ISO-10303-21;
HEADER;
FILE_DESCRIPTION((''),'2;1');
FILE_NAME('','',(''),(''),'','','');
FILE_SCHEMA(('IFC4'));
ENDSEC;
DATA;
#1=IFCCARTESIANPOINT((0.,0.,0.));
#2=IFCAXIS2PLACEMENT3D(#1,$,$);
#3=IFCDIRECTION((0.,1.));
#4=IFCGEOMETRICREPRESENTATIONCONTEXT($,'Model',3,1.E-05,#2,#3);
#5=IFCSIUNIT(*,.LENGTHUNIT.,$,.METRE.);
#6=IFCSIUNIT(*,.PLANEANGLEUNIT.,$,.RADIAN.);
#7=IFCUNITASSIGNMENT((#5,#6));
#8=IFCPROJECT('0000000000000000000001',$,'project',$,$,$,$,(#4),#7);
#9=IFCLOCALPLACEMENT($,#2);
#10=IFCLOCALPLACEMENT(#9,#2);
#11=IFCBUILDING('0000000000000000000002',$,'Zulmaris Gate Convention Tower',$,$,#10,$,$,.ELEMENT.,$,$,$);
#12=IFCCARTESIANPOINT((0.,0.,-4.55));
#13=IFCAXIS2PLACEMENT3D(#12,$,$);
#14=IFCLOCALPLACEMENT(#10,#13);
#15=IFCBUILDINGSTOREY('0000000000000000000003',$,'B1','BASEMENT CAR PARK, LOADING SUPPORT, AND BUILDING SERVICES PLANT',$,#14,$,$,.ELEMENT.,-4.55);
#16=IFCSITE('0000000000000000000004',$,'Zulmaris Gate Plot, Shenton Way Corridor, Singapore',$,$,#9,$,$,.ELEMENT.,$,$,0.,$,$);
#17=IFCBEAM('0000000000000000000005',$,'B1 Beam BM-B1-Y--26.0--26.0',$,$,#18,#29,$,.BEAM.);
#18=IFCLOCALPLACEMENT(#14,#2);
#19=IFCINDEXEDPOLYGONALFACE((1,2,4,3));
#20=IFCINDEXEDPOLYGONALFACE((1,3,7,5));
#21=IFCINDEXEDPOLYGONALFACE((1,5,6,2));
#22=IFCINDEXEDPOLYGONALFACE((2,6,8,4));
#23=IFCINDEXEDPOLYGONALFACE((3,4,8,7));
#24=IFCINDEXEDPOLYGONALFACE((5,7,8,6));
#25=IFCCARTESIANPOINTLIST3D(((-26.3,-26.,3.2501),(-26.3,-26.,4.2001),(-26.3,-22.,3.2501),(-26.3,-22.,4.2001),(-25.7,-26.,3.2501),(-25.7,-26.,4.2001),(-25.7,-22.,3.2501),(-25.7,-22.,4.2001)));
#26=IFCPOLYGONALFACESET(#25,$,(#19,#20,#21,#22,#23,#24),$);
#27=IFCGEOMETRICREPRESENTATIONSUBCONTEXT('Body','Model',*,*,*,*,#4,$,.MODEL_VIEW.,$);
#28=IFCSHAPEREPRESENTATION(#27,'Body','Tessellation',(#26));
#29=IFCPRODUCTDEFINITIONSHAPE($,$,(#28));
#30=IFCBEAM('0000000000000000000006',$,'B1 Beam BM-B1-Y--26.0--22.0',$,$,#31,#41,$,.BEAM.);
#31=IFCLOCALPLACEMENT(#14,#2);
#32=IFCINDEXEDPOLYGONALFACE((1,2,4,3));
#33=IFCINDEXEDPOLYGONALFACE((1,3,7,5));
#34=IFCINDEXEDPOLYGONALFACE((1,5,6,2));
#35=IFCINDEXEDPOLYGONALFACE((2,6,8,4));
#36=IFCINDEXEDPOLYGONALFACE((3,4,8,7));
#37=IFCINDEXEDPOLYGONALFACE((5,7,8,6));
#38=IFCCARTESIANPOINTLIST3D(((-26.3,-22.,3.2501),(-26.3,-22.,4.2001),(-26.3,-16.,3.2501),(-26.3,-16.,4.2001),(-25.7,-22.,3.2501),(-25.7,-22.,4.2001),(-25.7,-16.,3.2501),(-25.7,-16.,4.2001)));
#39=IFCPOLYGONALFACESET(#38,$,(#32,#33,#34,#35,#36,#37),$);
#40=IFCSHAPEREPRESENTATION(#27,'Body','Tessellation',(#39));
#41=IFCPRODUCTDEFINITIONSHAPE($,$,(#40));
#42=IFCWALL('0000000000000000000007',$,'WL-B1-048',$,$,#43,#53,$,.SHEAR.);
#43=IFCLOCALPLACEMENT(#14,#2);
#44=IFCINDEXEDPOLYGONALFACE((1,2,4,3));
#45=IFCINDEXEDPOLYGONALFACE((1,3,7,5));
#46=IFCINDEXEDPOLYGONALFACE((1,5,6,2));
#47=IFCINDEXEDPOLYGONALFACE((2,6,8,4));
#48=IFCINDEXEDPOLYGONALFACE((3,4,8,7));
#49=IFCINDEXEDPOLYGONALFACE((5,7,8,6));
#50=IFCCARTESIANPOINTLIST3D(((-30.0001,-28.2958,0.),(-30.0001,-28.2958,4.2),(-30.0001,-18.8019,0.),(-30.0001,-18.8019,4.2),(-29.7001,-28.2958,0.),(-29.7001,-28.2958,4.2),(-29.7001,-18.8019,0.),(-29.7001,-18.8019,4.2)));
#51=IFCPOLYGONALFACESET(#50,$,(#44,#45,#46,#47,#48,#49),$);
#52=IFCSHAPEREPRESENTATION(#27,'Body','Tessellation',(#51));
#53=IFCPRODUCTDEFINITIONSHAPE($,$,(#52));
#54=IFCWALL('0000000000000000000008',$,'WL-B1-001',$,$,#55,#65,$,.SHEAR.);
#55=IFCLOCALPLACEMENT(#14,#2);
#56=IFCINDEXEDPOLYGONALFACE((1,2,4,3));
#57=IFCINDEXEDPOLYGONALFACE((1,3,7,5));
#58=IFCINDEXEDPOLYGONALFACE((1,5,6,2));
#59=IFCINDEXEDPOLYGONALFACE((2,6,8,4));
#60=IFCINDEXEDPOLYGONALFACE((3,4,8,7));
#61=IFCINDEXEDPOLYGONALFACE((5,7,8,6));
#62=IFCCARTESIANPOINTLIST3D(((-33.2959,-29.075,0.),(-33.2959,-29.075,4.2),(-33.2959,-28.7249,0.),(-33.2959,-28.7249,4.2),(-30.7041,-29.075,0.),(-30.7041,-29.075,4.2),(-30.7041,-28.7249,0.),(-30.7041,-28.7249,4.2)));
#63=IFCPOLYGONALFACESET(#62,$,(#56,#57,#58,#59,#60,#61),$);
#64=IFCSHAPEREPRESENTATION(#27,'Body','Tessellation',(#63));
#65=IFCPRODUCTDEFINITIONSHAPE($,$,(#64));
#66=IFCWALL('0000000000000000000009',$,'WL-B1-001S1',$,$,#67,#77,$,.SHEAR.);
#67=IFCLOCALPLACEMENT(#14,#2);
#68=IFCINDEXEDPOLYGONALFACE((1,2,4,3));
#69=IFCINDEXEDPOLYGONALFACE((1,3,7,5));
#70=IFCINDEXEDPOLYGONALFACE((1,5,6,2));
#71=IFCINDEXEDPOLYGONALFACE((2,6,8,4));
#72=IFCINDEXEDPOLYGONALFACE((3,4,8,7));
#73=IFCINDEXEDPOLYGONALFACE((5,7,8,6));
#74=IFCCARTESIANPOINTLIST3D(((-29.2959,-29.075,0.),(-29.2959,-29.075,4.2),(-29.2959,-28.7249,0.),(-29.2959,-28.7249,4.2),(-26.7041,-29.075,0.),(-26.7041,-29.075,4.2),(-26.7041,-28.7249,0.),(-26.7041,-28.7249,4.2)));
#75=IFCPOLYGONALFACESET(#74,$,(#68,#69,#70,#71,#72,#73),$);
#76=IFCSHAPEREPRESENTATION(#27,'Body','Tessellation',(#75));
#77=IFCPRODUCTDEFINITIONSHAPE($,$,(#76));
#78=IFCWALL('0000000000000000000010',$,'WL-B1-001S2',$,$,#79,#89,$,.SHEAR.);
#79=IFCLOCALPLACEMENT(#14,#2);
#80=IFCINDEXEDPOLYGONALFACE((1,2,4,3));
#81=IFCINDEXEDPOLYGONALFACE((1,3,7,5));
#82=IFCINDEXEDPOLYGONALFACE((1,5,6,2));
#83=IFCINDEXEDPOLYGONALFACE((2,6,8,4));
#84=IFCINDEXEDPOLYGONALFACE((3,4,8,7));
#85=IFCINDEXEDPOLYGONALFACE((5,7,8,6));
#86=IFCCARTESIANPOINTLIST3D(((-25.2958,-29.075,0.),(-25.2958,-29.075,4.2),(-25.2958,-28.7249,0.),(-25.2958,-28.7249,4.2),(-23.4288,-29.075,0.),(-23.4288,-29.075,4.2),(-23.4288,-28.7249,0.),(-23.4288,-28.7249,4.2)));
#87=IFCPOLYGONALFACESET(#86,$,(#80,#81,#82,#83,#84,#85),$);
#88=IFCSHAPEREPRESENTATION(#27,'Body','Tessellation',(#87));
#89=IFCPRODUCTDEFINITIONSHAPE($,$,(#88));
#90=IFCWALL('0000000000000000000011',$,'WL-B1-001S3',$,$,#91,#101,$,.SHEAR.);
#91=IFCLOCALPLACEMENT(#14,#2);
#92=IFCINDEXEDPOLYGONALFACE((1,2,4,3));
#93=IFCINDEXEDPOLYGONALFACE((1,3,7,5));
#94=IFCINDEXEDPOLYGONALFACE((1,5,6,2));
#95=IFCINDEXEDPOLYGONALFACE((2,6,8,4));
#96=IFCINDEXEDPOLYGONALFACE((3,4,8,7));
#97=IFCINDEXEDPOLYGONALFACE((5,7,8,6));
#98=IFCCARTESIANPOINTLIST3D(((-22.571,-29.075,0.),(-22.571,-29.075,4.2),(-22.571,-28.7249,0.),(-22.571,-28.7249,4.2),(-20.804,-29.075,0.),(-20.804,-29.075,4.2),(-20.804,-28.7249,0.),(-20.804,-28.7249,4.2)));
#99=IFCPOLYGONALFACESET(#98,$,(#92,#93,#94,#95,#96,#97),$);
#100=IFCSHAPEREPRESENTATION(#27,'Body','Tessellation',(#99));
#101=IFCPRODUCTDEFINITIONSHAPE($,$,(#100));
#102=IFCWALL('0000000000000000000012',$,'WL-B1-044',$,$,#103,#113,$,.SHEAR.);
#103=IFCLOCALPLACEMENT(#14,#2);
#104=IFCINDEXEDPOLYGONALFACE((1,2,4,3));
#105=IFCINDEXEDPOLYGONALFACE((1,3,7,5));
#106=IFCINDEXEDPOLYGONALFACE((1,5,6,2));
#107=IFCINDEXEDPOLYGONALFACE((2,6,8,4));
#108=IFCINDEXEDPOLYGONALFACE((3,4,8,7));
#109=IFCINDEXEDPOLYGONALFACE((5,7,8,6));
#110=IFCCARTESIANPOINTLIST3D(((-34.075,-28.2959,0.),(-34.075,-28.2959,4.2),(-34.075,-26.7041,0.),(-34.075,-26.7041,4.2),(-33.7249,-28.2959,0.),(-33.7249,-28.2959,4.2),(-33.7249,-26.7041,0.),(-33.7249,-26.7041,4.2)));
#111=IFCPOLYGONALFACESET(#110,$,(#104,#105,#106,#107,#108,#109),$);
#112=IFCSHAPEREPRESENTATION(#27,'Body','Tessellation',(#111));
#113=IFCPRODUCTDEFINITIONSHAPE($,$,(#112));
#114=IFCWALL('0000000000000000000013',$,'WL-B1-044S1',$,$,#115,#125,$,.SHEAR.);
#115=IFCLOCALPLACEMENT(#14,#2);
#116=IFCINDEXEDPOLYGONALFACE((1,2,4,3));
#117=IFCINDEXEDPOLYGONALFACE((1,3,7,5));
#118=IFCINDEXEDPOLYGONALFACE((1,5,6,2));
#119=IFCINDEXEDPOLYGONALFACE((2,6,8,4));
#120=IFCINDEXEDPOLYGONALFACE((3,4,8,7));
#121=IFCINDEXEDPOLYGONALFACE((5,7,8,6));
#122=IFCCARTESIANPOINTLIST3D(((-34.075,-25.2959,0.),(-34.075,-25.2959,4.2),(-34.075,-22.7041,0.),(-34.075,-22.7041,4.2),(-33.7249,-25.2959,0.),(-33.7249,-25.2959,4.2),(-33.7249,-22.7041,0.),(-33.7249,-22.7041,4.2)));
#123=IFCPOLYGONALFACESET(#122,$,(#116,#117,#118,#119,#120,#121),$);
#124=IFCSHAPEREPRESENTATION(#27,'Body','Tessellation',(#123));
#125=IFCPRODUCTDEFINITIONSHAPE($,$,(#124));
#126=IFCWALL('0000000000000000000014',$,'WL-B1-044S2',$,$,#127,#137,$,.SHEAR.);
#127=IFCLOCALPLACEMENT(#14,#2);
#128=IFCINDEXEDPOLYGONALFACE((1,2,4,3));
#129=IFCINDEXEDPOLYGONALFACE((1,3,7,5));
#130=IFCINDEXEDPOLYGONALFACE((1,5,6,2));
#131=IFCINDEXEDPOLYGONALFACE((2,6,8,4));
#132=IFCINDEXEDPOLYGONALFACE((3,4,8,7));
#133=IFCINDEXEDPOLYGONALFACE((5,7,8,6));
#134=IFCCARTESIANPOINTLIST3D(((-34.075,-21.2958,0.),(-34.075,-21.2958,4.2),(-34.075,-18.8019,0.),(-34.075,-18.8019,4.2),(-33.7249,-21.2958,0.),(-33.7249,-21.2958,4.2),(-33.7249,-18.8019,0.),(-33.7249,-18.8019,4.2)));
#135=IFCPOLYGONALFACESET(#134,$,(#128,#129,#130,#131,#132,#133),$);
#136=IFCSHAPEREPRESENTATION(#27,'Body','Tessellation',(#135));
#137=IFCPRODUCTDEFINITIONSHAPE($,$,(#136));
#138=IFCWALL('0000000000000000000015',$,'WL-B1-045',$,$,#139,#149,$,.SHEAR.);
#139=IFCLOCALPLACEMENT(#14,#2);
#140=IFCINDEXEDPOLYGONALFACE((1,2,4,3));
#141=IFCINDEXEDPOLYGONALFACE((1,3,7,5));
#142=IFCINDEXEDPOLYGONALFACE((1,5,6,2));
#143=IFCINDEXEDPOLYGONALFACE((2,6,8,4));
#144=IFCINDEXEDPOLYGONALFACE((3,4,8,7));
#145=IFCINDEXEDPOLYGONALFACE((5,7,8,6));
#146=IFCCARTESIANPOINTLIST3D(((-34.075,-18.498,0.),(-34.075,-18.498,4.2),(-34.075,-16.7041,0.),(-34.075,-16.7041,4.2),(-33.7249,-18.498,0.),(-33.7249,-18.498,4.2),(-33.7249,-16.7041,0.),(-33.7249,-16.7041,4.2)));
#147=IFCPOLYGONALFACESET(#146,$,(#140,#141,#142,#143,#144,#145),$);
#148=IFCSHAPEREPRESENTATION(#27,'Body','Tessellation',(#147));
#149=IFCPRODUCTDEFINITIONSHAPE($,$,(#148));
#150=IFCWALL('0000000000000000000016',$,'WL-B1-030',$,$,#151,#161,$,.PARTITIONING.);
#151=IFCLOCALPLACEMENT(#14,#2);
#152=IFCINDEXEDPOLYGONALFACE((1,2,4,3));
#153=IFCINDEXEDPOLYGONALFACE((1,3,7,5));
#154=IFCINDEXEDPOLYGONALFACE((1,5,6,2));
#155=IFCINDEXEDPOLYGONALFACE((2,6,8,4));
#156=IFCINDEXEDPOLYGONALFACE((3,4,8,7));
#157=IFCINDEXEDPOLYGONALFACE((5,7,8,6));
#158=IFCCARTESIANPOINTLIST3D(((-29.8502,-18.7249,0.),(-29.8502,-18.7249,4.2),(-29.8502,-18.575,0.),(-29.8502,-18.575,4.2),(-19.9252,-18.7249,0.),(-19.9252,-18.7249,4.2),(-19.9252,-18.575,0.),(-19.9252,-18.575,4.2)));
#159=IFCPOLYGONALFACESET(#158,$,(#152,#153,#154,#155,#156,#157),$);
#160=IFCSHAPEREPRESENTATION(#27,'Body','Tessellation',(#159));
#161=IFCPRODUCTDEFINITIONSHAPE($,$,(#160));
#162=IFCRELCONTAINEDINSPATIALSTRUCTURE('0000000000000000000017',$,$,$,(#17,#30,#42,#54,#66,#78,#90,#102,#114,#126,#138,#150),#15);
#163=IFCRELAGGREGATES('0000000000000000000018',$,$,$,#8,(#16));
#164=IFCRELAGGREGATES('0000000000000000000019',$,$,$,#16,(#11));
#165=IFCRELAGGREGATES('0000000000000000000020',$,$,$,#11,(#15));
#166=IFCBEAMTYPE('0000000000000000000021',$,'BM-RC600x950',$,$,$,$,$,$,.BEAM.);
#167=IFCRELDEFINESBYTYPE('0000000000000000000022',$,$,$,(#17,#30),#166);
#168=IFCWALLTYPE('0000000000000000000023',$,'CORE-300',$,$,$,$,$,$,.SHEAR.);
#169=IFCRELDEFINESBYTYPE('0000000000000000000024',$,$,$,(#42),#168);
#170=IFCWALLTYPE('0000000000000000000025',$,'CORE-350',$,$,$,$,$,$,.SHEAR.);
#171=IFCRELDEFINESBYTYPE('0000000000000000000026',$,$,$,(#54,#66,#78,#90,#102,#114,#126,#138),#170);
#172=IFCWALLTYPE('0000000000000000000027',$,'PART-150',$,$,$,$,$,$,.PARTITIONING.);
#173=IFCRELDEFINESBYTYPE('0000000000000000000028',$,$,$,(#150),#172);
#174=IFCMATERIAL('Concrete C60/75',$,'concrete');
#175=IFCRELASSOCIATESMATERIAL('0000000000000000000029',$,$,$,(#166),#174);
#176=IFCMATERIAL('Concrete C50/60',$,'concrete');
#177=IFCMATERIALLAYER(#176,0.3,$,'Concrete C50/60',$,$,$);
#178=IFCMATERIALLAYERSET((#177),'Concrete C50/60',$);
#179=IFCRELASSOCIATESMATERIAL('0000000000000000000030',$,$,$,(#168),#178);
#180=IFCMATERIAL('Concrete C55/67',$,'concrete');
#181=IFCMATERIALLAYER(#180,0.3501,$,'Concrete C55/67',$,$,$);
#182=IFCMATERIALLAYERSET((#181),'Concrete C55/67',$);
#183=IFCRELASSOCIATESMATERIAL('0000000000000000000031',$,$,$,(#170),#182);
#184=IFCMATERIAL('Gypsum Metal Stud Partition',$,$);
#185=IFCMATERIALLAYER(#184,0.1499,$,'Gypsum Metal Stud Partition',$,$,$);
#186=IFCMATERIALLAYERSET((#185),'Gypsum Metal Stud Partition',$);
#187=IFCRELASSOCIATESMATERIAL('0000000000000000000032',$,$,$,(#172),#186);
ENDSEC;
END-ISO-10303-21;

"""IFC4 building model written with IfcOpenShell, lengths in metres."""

from ifc_helpers import new_model, si_unit, direction, frame, frame_2d, origin, origin_2d, place, context, subcontext, project, spatial, rectangle, extrude, material, layer, layer_set, material_profile, profile_set, type_object, element, save


model = new_model("IFC4")

# Units and contexts
model_context = context("Model", 3, precision=1e-05, world=origin(), true_north=direction((0.0, 1.0)))
body_context = subcontext(model_context, "Body", "Model", "MODEL_VIEW")
ifc_project = project(units=[si_unit("LENGTHUNIT", "METRE"), si_unit("PLANEANGLEUNIT", "RADIAN")], contexts=[model_context])

# Site, building, storey
site_placement = place(None, origin())
site = spatial("IfcSite", under=ifc_project, at=site_placement, Name="Zulmaris Gate Plot, Shenton Way Corridor, Singapore", CompositionType="ELEMENT", RefElevation=0.0)
building_placement = place(site_placement, origin())
building = spatial("IfcBuilding", under=site, at=building_placement, Name="Zulmaris Gate Convention Tower", CompositionType="ELEMENT")
storey_placement = place(building_placement, frame((0.0, 0.0, -4.55)))
storey = spatial("IfcBuildingStorey", under=building, at=storey_placement, Name="B1", Description="BASEMENT CAR PARK, LOADING SUPPORT, AND BUILDING SERVICES PLANT", CompositionType="ELEMENT", Elevation=-4.55)

# Beams
ifc_material_1 = material(Name="Concrete C60/75", Category="concrete")
ifc_material_profile_1 = material_profile(ifc_material_1, rectangle(XDim=0.6001, YDim=0.95, at=origin_2d()), Name="RC BEAM 600x950")
ifc_profile_set_1 = profile_set([ifc_material_profile_1], Name="Concrete C60/75")
beam_type = type_object("IfcBeamType", Name="BM-RC600x950", PredefinedType="BEAM", material=ifc_profile_set_1)
beam_1_placement = place(storey_placement, frame((-26.0, -26.0, 3.7251), z_axis=(0.0, 1.0, 0.0), x_axis=(-1.0, 0.0, 0.0)))
element("IfcBeam", 1, at=beam_1_placement, inside=storey, type_object=beam_type, Name="B1 Beam BM-B1-Y--26.0--26.0", PredefinedType="BEAM", context=body_context, shape_type="SweptSolid", body=[
    extrude(rectangle(XDim=0.6001, YDim=0.95, at=origin_2d()), origin(), (0.0, 0.0, 1.0), 4.0),
])
beam_2_placement = place(storey_placement, frame((-26.0, -22.0, 3.7251), z_axis=(0.0, 1.0, 0.0), x_axis=(-1.0, 0.0, 0.0)))
element("IfcBeam", 2, at=beam_2_placement, inside=storey, type_object=beam_type, Name="B1 Beam BM-B1-Y--26.0--22.0", PredefinedType="BEAM", context=body_context, shape_type="SweptSolid", body=[
    extrude(rectangle(XDim=0.6001, YDim=0.95, at=origin_2d()), origin(), (0.0, 0.0, 1.0), 6.0),
])

# Shared definitions
ifc_material_2 = material(Name="Concrete C50/60", Category="concrete")
ifc_layer_1 = layer(ifc_material_2, 0.3, Name="Concrete C50/60")
ifc_layer_set_1 = layer_set([ifc_layer_1], Name="Concrete C50/60")
wall_type_1 = type_object("IfcWallType", Name="CORE-300", PredefinedType="SHEAR", material=ifc_layer_set_1)

# Walls
wall_1_placement = place(storey_placement, frame((-29.8501, -28.2959, 0.0), z_axis=(0.0, 0.0, 1.0), x_axis=(0.0, 1.0, 0.0)))
element("IfcWall", 3, at=wall_1_placement, inside=storey, type_object=wall_type_1, Name="WL-B1-048", PredefinedType="SHEAR", context=body_context, shape_type="SweptSolid", body=[
    extrude(rectangle(XDim=9.4939, YDim=0.3, at=frame_2d((4.7471, 0.0))), origin(), (0.0, 0.0, 1.0), 4.2),
])
ifc_material_3 = material(Name="Concrete C55/67", Category="concrete")
ifc_layer_2 = layer(ifc_material_3, 0.3501, Name="Concrete C55/67")
ifc_layer_set_2 = layer_set([ifc_layer_2], Name="Concrete C55/67")
wall_type_2 = type_object("IfcWallType", Name="CORE-350", PredefinedType="SHEAR", material=ifc_layer_set_2)
for number, where, z_axis, x_axis, name in (
    (4, (-33.2959, -28.8999, 0.0), (0.0, 0.0, 1.0), (1.0, 0.0, 0.0), "WL-B1-001"),
    (5, (-29.2959, -28.8999, 0.0), (0.0, 0.0, 1.0), (1.0, 0.0, 0.0), "WL-B1-001S1"),
):
    element("IfcWall", number, at=place(storey_placement, frame(where, z_axis=z_axis, x_axis=x_axis)), inside=storey, type_object=wall_type_2, Name=name, PredefinedType="SHEAR", context=body_context, shape_type="SweptSolid", body=[
        extrude(rectangle(XDim=2.5918, YDim=0.3501, at=frame_2d((1.2959, 0.0))), origin(), (0.0, 0.0, 1.0), 4.2),
    ])
wall_2_placement = place(storey_placement, frame((-25.2959, -28.8999, 0.0), z_axis=(0.0, 0.0, 1.0), x_axis=(1.0, 0.0, 0.0)))
element("IfcWall", 6, at=wall_2_placement, inside=storey, type_object=wall_type_2, Name="WL-B1-001S2", PredefinedType="SHEAR", context=body_context, shape_type="SweptSolid", body=[
    extrude(rectangle(XDim=1.8669, YDim=0.3501, at=frame_2d((0.9336, 0.0))), origin(), (0.0, 0.0, 1.0), 4.2),
])
wall_3_placement = place(storey_placement, frame((-22.571, -28.8999, 0.0), z_axis=(0.0, 0.0, 1.0), x_axis=(1.0, 0.0, 0.0)))
element("IfcWall", 7, at=wall_3_placement, inside=storey, type_object=wall_type_2, Name="WL-B1-001S3", PredefinedType="SHEAR", context=body_context, shape_type="SweptSolid", body=[
    extrude(rectangle(XDim=1.7671, YDim=0.3501, at=frame_2d((0.8835, 0.0))), origin(), (0.0, 0.0, 1.0), 4.2),
])
wall_4_placement = place(storey_placement, frame((-33.8999, -28.2959, 0.0), z_axis=(0.0, 0.0, 1.0), x_axis=(0.0, 1.0, 0.0)))
element("IfcWall", 8, at=wall_4_placement, inside=storey, type_object=wall_type_2, Name="WL-B1-044", PredefinedType="SHEAR", context=body_context, shape_type="SweptSolid", body=[
    extrude(rectangle(XDim=1.5918, YDim=0.3501, at=frame_2d((0.7959, 0.0))), origin(), (0.0, 0.0, 1.0), 4.2),
])
wall_5_placement = place(storey_placement, frame((-33.8999, -25.2959, 0.0), z_axis=(0.0, 0.0, 1.0), x_axis=(0.0, 1.0, 0.0)))
element("IfcWall", 9, at=wall_5_placement, inside=storey, type_object=wall_type_2, Name="WL-B1-044S1", PredefinedType="SHEAR", context=body_context, shape_type="SweptSolid", body=[
    extrude(rectangle(XDim=2.5918, YDim=0.3501, at=frame_2d((1.2959, 0.0))), origin(), (0.0, 0.0, 1.0), 4.2),
])
wall_6_placement = place(storey_placement, frame((-33.8999, -21.2959, 0.0), z_axis=(0.0, 0.0, 1.0), x_axis=(0.0, 1.0, 0.0)))
element("IfcWall", 10, at=wall_6_placement, inside=storey, type_object=wall_type_2, Name="WL-B1-044S2", PredefinedType="SHEAR", context=body_context, shape_type="SweptSolid", body=[
    extrude(rectangle(XDim=2.4939, YDim=0.3501, at=frame_2d((1.2471, 0.0))), origin(), (0.0, 0.0, 1.0), 4.2),
])
wall_7_placement = place(storey_placement, frame((-33.8999, -18.498, 0.0), z_axis=(0.0, 0.0, 1.0), x_axis=(0.0, 1.0, 0.0)))
element("IfcWall", 11, at=wall_7_placement, inside=storey, type_object=wall_type_2, Name="WL-B1-045", PredefinedType="SHEAR", context=body_context, shape_type="SweptSolid", body=[
    extrude(rectangle(XDim=1.7939, YDim=0.3501, at=frame_2d((0.897, 0.0))), origin(), (0.0, 0.0, 1.0), 4.2),
])
ifc_material_4 = material(Name="Gypsum Metal Stud Partition")
ifc_layer_3 = layer(ifc_material_4, 0.1499, Name="Gypsum Metal Stud Partition")
ifc_layer_set_3 = layer_set([ifc_layer_3], Name="Gypsum Metal Stud Partition")
wall_type_3 = type_object("IfcWallType", Name="PART-150", PredefinedType="PARTITIONING", material=ifc_layer_set_3)
wall_8_placement = place(storey_placement, frame((-29.8501, -18.6499, 0.0), z_axis=(0.0, 0.0, 1.0), x_axis=(1.0, 0.0, 0.0)))
element("IfcWall", 12, at=wall_8_placement, inside=storey, type_object=wall_type_3, Name="WL-B1-030", PredefinedType="PARTITIONING", context=body_context, shape_type="SweptSolid", body=[
    extrude(rectangle(XDim=9.925, YDim=0.1499, at=frame_2d((4.9624, 0.0))), origin(), (0.0, 0.0, 1.0), 4.2),
])

save(model, "model.ifc")
